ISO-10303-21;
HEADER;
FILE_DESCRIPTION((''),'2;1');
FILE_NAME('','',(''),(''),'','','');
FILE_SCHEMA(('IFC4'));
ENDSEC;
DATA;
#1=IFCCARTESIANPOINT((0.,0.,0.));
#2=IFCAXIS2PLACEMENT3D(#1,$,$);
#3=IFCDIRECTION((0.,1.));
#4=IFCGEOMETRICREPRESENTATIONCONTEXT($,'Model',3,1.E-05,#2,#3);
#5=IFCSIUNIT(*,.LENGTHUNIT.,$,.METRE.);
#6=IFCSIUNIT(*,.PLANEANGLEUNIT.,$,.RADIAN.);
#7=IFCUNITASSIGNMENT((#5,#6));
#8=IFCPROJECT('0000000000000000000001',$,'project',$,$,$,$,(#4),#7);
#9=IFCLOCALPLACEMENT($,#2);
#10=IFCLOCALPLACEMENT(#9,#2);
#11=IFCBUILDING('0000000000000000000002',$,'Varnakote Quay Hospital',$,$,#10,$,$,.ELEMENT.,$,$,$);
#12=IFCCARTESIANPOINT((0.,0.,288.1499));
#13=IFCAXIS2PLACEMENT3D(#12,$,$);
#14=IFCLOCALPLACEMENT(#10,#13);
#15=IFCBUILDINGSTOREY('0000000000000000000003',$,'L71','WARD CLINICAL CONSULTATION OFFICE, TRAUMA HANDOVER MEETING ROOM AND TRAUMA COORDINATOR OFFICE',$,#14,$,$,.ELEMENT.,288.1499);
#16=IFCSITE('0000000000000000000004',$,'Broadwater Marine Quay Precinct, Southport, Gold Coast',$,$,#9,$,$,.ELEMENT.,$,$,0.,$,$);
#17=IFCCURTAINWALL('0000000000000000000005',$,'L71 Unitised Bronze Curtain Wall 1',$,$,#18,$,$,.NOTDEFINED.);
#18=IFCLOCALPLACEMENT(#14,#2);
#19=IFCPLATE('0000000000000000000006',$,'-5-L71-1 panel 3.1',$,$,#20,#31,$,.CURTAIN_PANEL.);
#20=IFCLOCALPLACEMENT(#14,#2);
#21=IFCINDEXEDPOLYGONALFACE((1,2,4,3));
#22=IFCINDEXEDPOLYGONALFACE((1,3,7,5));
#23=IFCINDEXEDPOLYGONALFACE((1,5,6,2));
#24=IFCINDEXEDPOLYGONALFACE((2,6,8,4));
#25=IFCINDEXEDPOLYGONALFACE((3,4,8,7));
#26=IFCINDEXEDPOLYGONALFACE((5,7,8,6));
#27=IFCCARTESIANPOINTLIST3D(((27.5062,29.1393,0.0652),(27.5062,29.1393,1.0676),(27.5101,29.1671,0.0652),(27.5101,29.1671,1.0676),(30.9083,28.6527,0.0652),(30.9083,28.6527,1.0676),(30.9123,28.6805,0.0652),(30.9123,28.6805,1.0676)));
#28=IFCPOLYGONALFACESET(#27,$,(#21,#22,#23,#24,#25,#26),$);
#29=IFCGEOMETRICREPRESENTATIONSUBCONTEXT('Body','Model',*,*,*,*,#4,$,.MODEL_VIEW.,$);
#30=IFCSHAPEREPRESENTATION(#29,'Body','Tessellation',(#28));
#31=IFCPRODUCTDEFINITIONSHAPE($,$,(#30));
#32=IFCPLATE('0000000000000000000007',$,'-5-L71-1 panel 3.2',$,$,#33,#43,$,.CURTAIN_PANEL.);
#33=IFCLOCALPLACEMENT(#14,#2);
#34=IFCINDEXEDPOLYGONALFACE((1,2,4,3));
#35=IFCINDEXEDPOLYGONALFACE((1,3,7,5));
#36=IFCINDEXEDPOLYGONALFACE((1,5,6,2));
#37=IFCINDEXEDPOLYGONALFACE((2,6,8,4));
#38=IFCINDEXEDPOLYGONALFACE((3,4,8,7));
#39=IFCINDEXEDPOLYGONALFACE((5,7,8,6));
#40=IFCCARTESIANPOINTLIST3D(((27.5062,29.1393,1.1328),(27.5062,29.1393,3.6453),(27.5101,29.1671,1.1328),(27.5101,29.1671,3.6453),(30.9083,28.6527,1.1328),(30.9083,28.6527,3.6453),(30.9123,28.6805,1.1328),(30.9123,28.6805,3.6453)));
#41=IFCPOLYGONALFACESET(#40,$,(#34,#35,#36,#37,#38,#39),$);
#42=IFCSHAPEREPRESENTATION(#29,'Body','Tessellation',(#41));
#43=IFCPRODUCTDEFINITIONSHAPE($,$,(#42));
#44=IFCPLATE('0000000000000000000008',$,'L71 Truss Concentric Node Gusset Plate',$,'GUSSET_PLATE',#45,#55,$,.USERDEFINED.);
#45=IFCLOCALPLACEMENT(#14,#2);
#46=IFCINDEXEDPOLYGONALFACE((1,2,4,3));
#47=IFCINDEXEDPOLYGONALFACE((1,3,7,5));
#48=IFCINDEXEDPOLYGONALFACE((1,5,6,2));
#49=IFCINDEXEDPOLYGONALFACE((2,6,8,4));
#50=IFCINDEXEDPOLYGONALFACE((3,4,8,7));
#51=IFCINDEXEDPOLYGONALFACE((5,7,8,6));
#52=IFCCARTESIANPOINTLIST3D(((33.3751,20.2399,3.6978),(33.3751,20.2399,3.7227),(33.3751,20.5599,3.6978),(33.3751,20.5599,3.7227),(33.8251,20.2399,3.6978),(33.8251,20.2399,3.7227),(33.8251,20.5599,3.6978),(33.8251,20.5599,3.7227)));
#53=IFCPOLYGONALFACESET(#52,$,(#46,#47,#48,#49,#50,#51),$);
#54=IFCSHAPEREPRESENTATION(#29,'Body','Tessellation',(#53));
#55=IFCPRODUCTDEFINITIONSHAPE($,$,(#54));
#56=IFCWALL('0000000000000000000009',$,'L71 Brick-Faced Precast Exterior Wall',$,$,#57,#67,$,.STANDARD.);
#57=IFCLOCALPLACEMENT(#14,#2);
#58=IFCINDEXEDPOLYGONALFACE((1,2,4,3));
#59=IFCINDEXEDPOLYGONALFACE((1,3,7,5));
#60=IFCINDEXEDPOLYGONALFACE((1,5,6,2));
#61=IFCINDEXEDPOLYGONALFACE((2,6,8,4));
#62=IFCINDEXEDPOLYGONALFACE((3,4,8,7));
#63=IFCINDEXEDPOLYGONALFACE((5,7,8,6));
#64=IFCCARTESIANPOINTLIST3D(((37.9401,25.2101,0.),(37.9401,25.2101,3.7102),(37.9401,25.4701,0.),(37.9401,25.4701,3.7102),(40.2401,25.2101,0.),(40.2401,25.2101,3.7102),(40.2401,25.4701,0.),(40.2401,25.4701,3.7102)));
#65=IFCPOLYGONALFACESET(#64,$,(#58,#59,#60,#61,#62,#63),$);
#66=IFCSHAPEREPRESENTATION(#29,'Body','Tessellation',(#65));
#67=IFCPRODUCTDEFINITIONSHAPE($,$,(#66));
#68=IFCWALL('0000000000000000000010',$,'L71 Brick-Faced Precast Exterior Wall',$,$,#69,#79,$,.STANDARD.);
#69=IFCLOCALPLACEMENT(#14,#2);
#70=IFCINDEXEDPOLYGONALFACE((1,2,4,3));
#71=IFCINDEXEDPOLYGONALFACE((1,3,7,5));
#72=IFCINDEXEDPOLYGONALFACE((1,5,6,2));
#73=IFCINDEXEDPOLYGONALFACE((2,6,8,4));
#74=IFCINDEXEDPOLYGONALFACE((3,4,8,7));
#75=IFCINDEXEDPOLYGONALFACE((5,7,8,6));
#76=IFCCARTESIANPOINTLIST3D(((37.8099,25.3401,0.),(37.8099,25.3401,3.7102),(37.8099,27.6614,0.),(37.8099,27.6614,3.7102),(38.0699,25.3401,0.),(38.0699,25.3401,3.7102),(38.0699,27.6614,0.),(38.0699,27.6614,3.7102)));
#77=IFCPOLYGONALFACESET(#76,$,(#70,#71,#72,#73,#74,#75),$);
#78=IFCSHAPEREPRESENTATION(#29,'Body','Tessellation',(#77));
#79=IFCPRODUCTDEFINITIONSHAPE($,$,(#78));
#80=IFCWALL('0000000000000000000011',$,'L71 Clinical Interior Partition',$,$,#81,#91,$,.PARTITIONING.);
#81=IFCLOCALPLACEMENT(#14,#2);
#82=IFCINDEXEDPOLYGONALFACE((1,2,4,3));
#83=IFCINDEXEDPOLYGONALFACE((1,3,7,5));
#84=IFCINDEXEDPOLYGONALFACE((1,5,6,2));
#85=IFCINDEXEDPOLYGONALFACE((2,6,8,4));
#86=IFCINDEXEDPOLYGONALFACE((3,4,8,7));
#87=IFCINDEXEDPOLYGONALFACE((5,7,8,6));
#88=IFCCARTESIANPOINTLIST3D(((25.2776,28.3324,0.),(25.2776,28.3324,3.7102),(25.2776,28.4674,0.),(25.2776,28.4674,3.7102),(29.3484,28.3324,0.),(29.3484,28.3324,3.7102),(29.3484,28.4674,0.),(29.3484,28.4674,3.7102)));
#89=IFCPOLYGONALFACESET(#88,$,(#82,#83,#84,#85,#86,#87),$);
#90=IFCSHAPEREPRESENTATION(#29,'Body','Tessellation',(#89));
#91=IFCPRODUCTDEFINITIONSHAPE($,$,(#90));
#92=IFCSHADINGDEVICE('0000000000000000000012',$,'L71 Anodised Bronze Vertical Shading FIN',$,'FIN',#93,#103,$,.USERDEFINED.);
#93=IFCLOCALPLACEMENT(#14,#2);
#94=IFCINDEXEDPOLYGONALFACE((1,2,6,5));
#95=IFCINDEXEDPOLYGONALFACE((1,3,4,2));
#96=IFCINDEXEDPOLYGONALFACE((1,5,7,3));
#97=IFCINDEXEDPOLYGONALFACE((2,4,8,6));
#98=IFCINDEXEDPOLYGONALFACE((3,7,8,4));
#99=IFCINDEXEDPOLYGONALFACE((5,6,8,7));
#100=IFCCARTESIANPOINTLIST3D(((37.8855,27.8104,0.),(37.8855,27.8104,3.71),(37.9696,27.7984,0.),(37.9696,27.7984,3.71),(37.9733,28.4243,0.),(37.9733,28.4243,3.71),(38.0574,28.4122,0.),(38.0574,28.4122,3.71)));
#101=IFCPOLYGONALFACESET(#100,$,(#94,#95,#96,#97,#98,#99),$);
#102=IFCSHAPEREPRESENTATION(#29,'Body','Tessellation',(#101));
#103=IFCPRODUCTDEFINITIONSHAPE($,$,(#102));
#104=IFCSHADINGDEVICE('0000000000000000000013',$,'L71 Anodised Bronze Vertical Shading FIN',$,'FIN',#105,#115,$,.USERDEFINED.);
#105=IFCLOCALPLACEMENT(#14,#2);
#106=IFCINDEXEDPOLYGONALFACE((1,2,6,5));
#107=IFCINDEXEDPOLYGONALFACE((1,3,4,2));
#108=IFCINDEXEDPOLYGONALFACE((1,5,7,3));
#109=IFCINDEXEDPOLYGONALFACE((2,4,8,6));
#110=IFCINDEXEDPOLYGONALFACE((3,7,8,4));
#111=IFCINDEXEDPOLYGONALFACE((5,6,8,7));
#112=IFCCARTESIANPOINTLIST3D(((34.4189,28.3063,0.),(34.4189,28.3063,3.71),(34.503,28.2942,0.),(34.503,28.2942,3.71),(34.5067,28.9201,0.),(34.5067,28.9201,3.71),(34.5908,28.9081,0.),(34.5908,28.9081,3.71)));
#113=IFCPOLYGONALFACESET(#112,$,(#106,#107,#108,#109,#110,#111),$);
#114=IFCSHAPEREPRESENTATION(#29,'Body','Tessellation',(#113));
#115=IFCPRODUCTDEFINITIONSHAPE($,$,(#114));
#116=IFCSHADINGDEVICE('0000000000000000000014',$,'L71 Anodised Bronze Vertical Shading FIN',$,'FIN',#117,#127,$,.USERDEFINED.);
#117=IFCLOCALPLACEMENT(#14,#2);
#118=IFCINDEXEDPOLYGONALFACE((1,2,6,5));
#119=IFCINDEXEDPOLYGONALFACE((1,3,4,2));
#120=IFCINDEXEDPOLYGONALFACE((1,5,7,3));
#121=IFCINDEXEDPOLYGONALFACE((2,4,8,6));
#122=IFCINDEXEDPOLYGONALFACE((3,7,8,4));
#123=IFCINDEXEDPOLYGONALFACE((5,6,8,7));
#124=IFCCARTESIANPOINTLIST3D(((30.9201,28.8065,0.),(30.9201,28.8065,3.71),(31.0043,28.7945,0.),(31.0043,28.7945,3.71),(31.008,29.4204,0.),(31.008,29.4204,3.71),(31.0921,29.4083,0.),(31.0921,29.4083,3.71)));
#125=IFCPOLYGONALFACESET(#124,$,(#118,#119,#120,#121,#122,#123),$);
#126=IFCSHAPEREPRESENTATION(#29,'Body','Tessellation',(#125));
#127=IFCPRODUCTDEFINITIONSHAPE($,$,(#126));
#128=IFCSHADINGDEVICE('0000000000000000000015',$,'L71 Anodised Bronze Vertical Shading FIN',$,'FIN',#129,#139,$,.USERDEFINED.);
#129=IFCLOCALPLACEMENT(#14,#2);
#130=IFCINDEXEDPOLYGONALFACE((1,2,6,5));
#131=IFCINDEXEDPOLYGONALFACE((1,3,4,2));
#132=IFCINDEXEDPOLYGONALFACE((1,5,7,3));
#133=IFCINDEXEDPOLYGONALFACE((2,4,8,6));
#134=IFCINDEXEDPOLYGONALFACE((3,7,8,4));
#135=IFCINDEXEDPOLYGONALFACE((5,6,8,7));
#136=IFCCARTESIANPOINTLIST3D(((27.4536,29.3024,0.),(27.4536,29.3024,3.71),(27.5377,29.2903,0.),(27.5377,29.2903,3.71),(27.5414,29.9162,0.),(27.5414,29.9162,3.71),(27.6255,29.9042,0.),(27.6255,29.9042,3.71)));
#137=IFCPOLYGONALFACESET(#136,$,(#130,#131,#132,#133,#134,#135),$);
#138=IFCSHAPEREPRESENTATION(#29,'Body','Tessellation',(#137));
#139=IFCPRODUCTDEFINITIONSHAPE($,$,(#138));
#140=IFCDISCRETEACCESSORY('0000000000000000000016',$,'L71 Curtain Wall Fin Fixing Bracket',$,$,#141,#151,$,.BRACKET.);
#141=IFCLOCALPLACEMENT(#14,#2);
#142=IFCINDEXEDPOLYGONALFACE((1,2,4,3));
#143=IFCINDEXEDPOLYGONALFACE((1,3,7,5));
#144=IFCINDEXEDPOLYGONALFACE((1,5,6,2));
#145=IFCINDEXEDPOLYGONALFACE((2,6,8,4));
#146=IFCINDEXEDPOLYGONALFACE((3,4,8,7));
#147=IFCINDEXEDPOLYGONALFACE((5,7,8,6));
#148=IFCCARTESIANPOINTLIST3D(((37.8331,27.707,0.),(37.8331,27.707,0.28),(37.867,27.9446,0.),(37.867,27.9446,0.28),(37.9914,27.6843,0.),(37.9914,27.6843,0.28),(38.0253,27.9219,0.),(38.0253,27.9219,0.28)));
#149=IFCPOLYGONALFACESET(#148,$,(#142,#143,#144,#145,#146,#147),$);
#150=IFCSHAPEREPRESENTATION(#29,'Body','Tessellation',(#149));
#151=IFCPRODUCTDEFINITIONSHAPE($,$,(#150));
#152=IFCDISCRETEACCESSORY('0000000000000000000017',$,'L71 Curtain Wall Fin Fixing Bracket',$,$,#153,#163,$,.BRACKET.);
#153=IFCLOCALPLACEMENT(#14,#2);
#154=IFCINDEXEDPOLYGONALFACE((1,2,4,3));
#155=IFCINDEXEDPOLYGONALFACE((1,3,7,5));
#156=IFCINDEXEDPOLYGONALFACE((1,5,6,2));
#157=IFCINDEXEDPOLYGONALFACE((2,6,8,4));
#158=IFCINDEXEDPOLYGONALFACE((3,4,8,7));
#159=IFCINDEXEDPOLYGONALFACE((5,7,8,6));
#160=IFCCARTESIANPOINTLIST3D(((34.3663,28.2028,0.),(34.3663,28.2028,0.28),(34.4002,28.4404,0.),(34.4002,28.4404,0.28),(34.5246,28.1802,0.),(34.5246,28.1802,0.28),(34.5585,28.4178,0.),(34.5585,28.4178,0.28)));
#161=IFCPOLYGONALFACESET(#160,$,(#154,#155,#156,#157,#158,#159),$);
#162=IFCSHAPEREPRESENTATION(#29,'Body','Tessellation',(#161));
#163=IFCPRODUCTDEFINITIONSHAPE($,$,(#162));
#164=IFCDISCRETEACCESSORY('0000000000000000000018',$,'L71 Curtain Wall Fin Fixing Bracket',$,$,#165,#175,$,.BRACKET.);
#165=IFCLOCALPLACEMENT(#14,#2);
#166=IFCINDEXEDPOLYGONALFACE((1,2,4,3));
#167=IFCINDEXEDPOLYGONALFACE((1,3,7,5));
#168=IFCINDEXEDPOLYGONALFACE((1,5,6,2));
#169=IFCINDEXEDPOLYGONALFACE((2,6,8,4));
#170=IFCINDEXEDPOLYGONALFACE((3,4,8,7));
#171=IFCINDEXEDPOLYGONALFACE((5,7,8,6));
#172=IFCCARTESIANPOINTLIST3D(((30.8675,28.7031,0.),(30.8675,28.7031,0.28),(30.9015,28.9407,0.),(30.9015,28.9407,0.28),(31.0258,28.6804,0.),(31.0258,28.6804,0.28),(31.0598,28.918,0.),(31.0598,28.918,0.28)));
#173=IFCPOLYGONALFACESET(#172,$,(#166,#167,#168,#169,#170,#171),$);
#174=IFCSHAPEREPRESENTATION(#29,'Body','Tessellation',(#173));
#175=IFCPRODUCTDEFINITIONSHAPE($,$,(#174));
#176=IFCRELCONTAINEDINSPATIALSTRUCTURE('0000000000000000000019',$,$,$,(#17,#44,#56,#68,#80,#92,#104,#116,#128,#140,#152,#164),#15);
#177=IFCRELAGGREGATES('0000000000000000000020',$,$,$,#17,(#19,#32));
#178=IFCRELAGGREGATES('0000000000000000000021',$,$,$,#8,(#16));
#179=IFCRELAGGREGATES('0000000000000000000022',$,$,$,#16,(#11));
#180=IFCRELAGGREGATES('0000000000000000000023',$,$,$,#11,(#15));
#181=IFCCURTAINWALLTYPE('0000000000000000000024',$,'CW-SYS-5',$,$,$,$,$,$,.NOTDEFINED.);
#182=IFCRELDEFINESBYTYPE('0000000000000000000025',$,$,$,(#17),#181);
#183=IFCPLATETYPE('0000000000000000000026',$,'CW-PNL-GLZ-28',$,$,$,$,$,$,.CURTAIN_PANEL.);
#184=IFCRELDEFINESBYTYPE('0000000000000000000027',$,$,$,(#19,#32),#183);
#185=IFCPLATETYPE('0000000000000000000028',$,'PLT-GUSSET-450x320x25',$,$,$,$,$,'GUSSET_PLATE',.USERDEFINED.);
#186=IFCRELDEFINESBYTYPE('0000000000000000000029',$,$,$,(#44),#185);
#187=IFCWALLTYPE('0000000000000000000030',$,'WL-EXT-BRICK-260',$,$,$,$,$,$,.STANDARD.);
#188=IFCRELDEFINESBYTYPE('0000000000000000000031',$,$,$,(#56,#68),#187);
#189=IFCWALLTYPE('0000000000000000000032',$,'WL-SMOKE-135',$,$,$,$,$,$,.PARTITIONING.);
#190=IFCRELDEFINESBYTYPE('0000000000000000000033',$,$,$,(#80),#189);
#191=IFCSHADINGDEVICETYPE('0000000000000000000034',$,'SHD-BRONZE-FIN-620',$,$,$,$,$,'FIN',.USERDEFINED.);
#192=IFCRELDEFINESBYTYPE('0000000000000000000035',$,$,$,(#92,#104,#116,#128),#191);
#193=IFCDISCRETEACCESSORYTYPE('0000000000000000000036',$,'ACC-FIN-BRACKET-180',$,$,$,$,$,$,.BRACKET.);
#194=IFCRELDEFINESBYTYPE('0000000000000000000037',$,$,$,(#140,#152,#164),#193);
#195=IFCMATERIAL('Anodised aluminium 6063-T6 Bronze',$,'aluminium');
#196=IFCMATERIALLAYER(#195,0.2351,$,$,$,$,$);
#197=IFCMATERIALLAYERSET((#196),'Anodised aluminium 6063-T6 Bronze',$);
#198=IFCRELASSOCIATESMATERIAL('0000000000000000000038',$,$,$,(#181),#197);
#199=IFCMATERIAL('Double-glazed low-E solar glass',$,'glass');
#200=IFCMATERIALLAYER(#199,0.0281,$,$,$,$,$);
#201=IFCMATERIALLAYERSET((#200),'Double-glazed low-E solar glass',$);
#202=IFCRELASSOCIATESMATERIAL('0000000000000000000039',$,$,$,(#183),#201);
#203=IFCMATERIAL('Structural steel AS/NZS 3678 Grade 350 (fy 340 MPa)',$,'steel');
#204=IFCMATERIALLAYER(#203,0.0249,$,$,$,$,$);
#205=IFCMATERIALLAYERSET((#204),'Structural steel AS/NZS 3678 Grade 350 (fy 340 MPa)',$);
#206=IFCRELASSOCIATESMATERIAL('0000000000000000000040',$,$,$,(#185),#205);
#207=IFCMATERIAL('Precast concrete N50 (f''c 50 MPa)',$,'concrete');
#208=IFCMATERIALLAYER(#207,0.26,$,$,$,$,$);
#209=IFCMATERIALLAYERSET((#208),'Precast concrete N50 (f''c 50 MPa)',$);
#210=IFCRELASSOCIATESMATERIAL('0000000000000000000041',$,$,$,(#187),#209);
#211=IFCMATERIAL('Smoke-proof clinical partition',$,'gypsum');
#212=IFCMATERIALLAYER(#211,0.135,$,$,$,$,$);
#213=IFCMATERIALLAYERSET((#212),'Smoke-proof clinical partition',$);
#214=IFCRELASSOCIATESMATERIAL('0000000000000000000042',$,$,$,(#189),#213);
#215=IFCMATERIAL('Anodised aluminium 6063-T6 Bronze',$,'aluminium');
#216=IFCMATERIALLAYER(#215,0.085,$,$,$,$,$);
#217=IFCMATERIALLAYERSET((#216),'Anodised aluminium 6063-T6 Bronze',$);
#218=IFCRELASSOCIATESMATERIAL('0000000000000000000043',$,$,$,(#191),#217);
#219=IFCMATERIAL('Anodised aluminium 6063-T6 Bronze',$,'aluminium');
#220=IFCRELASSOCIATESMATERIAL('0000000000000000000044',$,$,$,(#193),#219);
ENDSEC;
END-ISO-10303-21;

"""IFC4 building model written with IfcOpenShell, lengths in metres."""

from ifc_helpers import new_model, si_unit, direction, frame, frame_2d, origin, origin_2d, place, context, subcontext, project, spatial, rectangle, extrude, material, layer, layer_set, type_object, element, aggregate, save


model = new_model("IFC4")

# Units and contexts
model_context = context("Model", 3, precision=1e-05, world=origin(), true_north=direction((0.0, 1.0)))
body_context = subcontext(model_context, "Body", "Model", "MODEL_VIEW")
ifc_project = project(units=[si_unit("LENGTHUNIT", "METRE"), si_unit("PLANEANGLEUNIT", "RADIAN")], contexts=[model_context])

# Site, building, storey
site_placement = place(None, origin())
site = spatial("IfcSite", under=ifc_project, at=site_placement, Name="Broadwater Marine Quay Precinct, Southport, Gold Coast", CompositionType="ELEMENT", RefElevation=0.0)
building_placement = place(site_placement, origin())
building = spatial("IfcBuilding", under=site, at=building_placement, Name="Varnakote Quay Hospital", CompositionType="ELEMENT")
storey_placement = place(building_placement, frame((0.0, 0.0, 288.1499)))
storey = spatial("IfcBuildingStorey", under=building, at=storey_placement, Name="L71", Description="WARD CLINICAL CONSULTATION OFFICE, TRAUMA HANDOVER MEETING ROOM AND TRAUMA COORDINATOR OFFICE", CompositionType="ELEMENT", Elevation=288.1499)

# Curtain wall, plates
ifc_material_1 = material(Name="Anodised aluminium 6063-T6 Bronze", Category="aluminium")
ifc_layer_1 = layer(ifc_material_1, 0.2351)
ifc_layer_set_1 = layer_set([ifc_layer_1], Name="Anodised aluminium 6063-T6 Bronze")
curtain_wall_type = type_object("IfcCurtainWallType", Name="CW-SYS-5", PredefinedType="NOTDEFINED", material=ifc_layer_set_1)
curtain_wall_placement = place(storey_placement, origin())
curtain_wall = element("IfcCurtainWall", 1, at=curtain_wall_placement, inside=storey, type_object=curtain_wall_type, Name="L71 Unitised Bronze Curtain Wall 1", PredefinedType="NOTDEFINED")
ifc_material_2 = material(Name="Double-glazed low-E solar glass", Category="glass")
ifc_layer_2 = layer(ifc_material_2, 0.0281)
ifc_layer_set_2 = layer_set([ifc_layer_2], Name="Double-glazed low-E solar glass")
plate_type_1 = type_object("IfcPlateType", Name="CW-PNL-GLZ-28", PredefinedType="CURTAIN_PANEL", material=ifc_layer_set_2)
plate_1_placement = place(storey_placement, frame((29.2092, 28.9099, 0.0652), z_axis=(0.0, 0.0, 1.0), x_axis=(-0.989928, 0.141572, 0.0)))
plate_1 = element("IfcPlate", 2, at=plate_1_placement, type_object=plate_type_1, Name="-5-L71-1 panel 3.1", PredefinedType="CURTAIN_PANEL", context=body_context, shape_type="SweptSolid", body=[
    extrude(rectangle(XDim=3.4368, YDim=0.0281, at=origin_2d()), origin(), (0.0, 0.0, 1.0), 1.0024),
])
plate_2_placement = place(storey_placement, frame((29.2092, 28.9099, 1.1328), z_axis=(0.0, 0.0, 1.0), x_axis=(-0.989928, 0.141572, 0.0)))
plate_2 = element("IfcPlate", 3, at=plate_2_placement, type_object=plate_type_1, Name="-5-L71-1 panel 3.2", PredefinedType="CURTAIN_PANEL", context=body_context, shape_type="SweptSolid", body=[
    extrude(rectangle(XDim=3.4368, YDim=0.0281, at=origin_2d()), origin(), (0.0, 0.0, 1.0), 2.5125),
])
aggregate(curtain_wall, [plate_1, plate_2])

# Plate
ifc_material_3 = material(Name="Structural steel AS/NZS 3678 Grade 350 (fy 340 MPa)", Category="steel")
ifc_layer_3 = layer(ifc_material_3, 0.0249)
ifc_layer_set_3 = layer_set([ifc_layer_3], Name="Structural steel AS/NZS 3678 Grade 350 (fy 340 MPa)")
plate_type_2 = type_object("IfcPlateType", Name="PLT-GUSSET-450x320x25", ElementType="GUSSET_PLATE", PredefinedType="USERDEFINED", material=ifc_layer_set_3)
plate_3_placement = place(storey_placement, frame((33.6001, 20.3999, 3.6978), z_axis=(0.0, 0.0, 1.0), x_axis=(1.0, 0.0, 0.0)))
element("IfcPlate", 4, at=plate_3_placement, inside=storey, type_object=plate_type_2, Name="L71 Truss Concentric Node Gusset Plate", ObjectType="GUSSET_PLATE", PredefinedType="USERDEFINED", context=body_context, shape_type="SweptSolid", body=[
    extrude(rectangle(XDim=0.45, YDim=0.3201, at=origin_2d()), origin(), (0.0, 0.0, 1.0), 0.0249),
])

# Walls
ifc_material_4 = material(Name="Precast concrete N50 (f'c 50 MPa)", Category="concrete")
ifc_layer_4 = layer(ifc_material_4, 0.26)
ifc_layer_set_4 = layer_set([ifc_layer_4], Name="Precast concrete N50 (f'c 50 MPa)")
wall_type_1 = type_object("IfcWallType", Name="WL-EXT-BRICK-260", PredefinedType="STANDARD", material=ifc_layer_set_4)
wall_1_placement = place(storey_placement, frame((40.24, 25.3401, 0.0), z_axis=(0.0, 0.0, 1.0), x_axis=(-1.0, 0.0, 0.0)))
element("IfcWall", 5, at=wall_1_placement, inside=storey, type_object=wall_type_1, Name="L71 Brick-Faced Precast Exterior Wall", PredefinedType="STANDARD", context=body_context, shape_type="SweptSolid", body=[
    extrude(rectangle(XDim=2.3, YDim=0.26, at=frame_2d((1.1499, 0.0))), origin(), (0.0, 0.0, 1.0), 3.7102),
])
wall_2_placement = place(storey_placement, frame((37.9399, 25.3401, 0.0), z_axis=(0.0, 0.0, 1.0), x_axis=(0.0, 1.0, 0.0)))
element("IfcWall", 6, at=wall_2_placement, inside=storey, type_object=wall_type_1, Name="L71 Brick-Faced Precast Exterior Wall", PredefinedType="STANDARD", context=body_context, shape_type="SweptSolid", body=[
    extrude(rectangle(XDim=2.3213, YDim=0.26, at=frame_2d((1.1606, 0.0))), origin(), (0.0, 0.0, 1.0), 3.7102),
])
ifc_material_5 = material(Name="Smoke-proof clinical partition", Category="gypsum")
ifc_layer_5 = layer(ifc_material_5, 0.135)
ifc_layer_set_5 = layer_set([ifc_layer_5], Name="Smoke-proof clinical partition")
wall_type_2 = type_object("IfcWallType", Name="WL-SMOKE-135", PredefinedType="PARTITIONING", material=ifc_layer_set_5)
wall_3_placement = place(storey_placement, frame((29.3484, 28.3999, 0.0), z_axis=(0.0, 0.0, 1.0), x_axis=(-1.0, 0.0, 0.0)))
element("IfcWall", 7, at=wall_3_placement, inside=storey, type_object=wall_type_2, Name="L71 Clinical Interior Partition", PredefinedType="PARTITIONING", context=body_context, shape_type="SweptSolid", body=[
    extrude(rectangle(XDim=4.0708, YDim=0.135, at=frame_2d((2.0354, 0.0))), origin(), (0.0, 0.0, 1.0), 3.7102),
])

# Shading devices
ifc_material_6 = material(Name="Anodised aluminium 6063-T6 Bronze", Category="aluminium")
ifc_layer_6 = layer(ifc_material_6, 0.085)
ifc_layer_set_6 = layer_set([ifc_layer_6], Name="Anodised aluminium 6063-T6 Bronze")
shading_device_type = type_object("IfcShadingDeviceType", Name="SHD-BRONZE-FIN-620", ElementType="FIN", PredefinedType="USERDEFINED", material=ifc_layer_set_6)
for number, where, z_axis, x_axis, name in (
    (8, (37.9714, 28.1113, 0.0), (0.0, 0.0, 1.0), (-0.141592, -0.989925, 0.0), "L71 Anodised Bronze Vertical Shading FIN"),
    (9, (34.5049, 28.6072, 0.0), (0.0, 0.0, 1.0), (-0.141592, -0.989925, 0.0), "L71 Anodised Bronze Vertical Shading FIN"),
    (10, (31.0061, 29.1074, 0.0), (0.0, 0.0, 1.0), (-0.141592, -0.989925, 0.0), "L71 Anodised Bronze Vertical Shading FIN"),
    (11, (27.5396, 29.6033, 0.0), (0.0, 0.0, 1.0), (-0.141592, -0.989925, 0.0), "L71 Anodised Bronze Vertical Shading FIN"),
):
    element("IfcShadingDevice", number, at=place(storey_placement, frame(where, z_axis=z_axis, x_axis=x_axis)), inside=storey, type_object=shading_device_type, Name=name, ObjectType="FIN", PredefinedType="USERDEFINED", context=body_context, shape_type="SweptSolid", body=[
        extrude(rectangle(XDim=0.6201, YDim=0.085, at=origin_2d()), origin(), (0.0, 0.0, 1.0), 3.71),
    ])

# Discrete accessories
ifc_material_7 = material(Name="Anodised aluminium 6063-T6 Bronze", Category="aluminium")
discrete_accessory_type = type_object("IfcDiscreteAccessoryType", Name="ACC-FIN-BRACKET-180", PredefinedType="BRACKET", material=ifc_material_7)
for number, where, z_axis, x_axis, name in (
    (12, (37.9292, 27.8145, 0.0), (0.0, 0.0, 1.0), (-0.989925, 0.141592, 0.0), "L71 Curtain Wall Fin Fixing Bracket"),
    (13, (34.4624, 28.3103, 0.0), (0.0, 0.0, 1.0), (-0.989925, 0.141592, 0.0), "L71 Curtain Wall Fin Fixing Bracket"),
    (14, (30.9636, 28.8105, 0.0), (0.0, 0.0, 1.0), (-0.989925, 0.141592, 0.0), "L71 Curtain Wall Fin Fixing Bracket"),
):
    element("IfcDiscreteAccessory", number, at=place(storey_placement, frame(where, z_axis=z_axis, x_axis=x_axis)), inside=storey, type_object=discrete_accessory_type, Name=name, PredefinedType="BRACKET", context=body_context, shape_type="SweptSolid", body=[
        extrude(rectangle(XDim=0.1599, YDim=0.24, at=origin_2d()), origin(), (0.0, 0.0, 1.0), 0.28),
    ])

save(model, "model.ifc")
